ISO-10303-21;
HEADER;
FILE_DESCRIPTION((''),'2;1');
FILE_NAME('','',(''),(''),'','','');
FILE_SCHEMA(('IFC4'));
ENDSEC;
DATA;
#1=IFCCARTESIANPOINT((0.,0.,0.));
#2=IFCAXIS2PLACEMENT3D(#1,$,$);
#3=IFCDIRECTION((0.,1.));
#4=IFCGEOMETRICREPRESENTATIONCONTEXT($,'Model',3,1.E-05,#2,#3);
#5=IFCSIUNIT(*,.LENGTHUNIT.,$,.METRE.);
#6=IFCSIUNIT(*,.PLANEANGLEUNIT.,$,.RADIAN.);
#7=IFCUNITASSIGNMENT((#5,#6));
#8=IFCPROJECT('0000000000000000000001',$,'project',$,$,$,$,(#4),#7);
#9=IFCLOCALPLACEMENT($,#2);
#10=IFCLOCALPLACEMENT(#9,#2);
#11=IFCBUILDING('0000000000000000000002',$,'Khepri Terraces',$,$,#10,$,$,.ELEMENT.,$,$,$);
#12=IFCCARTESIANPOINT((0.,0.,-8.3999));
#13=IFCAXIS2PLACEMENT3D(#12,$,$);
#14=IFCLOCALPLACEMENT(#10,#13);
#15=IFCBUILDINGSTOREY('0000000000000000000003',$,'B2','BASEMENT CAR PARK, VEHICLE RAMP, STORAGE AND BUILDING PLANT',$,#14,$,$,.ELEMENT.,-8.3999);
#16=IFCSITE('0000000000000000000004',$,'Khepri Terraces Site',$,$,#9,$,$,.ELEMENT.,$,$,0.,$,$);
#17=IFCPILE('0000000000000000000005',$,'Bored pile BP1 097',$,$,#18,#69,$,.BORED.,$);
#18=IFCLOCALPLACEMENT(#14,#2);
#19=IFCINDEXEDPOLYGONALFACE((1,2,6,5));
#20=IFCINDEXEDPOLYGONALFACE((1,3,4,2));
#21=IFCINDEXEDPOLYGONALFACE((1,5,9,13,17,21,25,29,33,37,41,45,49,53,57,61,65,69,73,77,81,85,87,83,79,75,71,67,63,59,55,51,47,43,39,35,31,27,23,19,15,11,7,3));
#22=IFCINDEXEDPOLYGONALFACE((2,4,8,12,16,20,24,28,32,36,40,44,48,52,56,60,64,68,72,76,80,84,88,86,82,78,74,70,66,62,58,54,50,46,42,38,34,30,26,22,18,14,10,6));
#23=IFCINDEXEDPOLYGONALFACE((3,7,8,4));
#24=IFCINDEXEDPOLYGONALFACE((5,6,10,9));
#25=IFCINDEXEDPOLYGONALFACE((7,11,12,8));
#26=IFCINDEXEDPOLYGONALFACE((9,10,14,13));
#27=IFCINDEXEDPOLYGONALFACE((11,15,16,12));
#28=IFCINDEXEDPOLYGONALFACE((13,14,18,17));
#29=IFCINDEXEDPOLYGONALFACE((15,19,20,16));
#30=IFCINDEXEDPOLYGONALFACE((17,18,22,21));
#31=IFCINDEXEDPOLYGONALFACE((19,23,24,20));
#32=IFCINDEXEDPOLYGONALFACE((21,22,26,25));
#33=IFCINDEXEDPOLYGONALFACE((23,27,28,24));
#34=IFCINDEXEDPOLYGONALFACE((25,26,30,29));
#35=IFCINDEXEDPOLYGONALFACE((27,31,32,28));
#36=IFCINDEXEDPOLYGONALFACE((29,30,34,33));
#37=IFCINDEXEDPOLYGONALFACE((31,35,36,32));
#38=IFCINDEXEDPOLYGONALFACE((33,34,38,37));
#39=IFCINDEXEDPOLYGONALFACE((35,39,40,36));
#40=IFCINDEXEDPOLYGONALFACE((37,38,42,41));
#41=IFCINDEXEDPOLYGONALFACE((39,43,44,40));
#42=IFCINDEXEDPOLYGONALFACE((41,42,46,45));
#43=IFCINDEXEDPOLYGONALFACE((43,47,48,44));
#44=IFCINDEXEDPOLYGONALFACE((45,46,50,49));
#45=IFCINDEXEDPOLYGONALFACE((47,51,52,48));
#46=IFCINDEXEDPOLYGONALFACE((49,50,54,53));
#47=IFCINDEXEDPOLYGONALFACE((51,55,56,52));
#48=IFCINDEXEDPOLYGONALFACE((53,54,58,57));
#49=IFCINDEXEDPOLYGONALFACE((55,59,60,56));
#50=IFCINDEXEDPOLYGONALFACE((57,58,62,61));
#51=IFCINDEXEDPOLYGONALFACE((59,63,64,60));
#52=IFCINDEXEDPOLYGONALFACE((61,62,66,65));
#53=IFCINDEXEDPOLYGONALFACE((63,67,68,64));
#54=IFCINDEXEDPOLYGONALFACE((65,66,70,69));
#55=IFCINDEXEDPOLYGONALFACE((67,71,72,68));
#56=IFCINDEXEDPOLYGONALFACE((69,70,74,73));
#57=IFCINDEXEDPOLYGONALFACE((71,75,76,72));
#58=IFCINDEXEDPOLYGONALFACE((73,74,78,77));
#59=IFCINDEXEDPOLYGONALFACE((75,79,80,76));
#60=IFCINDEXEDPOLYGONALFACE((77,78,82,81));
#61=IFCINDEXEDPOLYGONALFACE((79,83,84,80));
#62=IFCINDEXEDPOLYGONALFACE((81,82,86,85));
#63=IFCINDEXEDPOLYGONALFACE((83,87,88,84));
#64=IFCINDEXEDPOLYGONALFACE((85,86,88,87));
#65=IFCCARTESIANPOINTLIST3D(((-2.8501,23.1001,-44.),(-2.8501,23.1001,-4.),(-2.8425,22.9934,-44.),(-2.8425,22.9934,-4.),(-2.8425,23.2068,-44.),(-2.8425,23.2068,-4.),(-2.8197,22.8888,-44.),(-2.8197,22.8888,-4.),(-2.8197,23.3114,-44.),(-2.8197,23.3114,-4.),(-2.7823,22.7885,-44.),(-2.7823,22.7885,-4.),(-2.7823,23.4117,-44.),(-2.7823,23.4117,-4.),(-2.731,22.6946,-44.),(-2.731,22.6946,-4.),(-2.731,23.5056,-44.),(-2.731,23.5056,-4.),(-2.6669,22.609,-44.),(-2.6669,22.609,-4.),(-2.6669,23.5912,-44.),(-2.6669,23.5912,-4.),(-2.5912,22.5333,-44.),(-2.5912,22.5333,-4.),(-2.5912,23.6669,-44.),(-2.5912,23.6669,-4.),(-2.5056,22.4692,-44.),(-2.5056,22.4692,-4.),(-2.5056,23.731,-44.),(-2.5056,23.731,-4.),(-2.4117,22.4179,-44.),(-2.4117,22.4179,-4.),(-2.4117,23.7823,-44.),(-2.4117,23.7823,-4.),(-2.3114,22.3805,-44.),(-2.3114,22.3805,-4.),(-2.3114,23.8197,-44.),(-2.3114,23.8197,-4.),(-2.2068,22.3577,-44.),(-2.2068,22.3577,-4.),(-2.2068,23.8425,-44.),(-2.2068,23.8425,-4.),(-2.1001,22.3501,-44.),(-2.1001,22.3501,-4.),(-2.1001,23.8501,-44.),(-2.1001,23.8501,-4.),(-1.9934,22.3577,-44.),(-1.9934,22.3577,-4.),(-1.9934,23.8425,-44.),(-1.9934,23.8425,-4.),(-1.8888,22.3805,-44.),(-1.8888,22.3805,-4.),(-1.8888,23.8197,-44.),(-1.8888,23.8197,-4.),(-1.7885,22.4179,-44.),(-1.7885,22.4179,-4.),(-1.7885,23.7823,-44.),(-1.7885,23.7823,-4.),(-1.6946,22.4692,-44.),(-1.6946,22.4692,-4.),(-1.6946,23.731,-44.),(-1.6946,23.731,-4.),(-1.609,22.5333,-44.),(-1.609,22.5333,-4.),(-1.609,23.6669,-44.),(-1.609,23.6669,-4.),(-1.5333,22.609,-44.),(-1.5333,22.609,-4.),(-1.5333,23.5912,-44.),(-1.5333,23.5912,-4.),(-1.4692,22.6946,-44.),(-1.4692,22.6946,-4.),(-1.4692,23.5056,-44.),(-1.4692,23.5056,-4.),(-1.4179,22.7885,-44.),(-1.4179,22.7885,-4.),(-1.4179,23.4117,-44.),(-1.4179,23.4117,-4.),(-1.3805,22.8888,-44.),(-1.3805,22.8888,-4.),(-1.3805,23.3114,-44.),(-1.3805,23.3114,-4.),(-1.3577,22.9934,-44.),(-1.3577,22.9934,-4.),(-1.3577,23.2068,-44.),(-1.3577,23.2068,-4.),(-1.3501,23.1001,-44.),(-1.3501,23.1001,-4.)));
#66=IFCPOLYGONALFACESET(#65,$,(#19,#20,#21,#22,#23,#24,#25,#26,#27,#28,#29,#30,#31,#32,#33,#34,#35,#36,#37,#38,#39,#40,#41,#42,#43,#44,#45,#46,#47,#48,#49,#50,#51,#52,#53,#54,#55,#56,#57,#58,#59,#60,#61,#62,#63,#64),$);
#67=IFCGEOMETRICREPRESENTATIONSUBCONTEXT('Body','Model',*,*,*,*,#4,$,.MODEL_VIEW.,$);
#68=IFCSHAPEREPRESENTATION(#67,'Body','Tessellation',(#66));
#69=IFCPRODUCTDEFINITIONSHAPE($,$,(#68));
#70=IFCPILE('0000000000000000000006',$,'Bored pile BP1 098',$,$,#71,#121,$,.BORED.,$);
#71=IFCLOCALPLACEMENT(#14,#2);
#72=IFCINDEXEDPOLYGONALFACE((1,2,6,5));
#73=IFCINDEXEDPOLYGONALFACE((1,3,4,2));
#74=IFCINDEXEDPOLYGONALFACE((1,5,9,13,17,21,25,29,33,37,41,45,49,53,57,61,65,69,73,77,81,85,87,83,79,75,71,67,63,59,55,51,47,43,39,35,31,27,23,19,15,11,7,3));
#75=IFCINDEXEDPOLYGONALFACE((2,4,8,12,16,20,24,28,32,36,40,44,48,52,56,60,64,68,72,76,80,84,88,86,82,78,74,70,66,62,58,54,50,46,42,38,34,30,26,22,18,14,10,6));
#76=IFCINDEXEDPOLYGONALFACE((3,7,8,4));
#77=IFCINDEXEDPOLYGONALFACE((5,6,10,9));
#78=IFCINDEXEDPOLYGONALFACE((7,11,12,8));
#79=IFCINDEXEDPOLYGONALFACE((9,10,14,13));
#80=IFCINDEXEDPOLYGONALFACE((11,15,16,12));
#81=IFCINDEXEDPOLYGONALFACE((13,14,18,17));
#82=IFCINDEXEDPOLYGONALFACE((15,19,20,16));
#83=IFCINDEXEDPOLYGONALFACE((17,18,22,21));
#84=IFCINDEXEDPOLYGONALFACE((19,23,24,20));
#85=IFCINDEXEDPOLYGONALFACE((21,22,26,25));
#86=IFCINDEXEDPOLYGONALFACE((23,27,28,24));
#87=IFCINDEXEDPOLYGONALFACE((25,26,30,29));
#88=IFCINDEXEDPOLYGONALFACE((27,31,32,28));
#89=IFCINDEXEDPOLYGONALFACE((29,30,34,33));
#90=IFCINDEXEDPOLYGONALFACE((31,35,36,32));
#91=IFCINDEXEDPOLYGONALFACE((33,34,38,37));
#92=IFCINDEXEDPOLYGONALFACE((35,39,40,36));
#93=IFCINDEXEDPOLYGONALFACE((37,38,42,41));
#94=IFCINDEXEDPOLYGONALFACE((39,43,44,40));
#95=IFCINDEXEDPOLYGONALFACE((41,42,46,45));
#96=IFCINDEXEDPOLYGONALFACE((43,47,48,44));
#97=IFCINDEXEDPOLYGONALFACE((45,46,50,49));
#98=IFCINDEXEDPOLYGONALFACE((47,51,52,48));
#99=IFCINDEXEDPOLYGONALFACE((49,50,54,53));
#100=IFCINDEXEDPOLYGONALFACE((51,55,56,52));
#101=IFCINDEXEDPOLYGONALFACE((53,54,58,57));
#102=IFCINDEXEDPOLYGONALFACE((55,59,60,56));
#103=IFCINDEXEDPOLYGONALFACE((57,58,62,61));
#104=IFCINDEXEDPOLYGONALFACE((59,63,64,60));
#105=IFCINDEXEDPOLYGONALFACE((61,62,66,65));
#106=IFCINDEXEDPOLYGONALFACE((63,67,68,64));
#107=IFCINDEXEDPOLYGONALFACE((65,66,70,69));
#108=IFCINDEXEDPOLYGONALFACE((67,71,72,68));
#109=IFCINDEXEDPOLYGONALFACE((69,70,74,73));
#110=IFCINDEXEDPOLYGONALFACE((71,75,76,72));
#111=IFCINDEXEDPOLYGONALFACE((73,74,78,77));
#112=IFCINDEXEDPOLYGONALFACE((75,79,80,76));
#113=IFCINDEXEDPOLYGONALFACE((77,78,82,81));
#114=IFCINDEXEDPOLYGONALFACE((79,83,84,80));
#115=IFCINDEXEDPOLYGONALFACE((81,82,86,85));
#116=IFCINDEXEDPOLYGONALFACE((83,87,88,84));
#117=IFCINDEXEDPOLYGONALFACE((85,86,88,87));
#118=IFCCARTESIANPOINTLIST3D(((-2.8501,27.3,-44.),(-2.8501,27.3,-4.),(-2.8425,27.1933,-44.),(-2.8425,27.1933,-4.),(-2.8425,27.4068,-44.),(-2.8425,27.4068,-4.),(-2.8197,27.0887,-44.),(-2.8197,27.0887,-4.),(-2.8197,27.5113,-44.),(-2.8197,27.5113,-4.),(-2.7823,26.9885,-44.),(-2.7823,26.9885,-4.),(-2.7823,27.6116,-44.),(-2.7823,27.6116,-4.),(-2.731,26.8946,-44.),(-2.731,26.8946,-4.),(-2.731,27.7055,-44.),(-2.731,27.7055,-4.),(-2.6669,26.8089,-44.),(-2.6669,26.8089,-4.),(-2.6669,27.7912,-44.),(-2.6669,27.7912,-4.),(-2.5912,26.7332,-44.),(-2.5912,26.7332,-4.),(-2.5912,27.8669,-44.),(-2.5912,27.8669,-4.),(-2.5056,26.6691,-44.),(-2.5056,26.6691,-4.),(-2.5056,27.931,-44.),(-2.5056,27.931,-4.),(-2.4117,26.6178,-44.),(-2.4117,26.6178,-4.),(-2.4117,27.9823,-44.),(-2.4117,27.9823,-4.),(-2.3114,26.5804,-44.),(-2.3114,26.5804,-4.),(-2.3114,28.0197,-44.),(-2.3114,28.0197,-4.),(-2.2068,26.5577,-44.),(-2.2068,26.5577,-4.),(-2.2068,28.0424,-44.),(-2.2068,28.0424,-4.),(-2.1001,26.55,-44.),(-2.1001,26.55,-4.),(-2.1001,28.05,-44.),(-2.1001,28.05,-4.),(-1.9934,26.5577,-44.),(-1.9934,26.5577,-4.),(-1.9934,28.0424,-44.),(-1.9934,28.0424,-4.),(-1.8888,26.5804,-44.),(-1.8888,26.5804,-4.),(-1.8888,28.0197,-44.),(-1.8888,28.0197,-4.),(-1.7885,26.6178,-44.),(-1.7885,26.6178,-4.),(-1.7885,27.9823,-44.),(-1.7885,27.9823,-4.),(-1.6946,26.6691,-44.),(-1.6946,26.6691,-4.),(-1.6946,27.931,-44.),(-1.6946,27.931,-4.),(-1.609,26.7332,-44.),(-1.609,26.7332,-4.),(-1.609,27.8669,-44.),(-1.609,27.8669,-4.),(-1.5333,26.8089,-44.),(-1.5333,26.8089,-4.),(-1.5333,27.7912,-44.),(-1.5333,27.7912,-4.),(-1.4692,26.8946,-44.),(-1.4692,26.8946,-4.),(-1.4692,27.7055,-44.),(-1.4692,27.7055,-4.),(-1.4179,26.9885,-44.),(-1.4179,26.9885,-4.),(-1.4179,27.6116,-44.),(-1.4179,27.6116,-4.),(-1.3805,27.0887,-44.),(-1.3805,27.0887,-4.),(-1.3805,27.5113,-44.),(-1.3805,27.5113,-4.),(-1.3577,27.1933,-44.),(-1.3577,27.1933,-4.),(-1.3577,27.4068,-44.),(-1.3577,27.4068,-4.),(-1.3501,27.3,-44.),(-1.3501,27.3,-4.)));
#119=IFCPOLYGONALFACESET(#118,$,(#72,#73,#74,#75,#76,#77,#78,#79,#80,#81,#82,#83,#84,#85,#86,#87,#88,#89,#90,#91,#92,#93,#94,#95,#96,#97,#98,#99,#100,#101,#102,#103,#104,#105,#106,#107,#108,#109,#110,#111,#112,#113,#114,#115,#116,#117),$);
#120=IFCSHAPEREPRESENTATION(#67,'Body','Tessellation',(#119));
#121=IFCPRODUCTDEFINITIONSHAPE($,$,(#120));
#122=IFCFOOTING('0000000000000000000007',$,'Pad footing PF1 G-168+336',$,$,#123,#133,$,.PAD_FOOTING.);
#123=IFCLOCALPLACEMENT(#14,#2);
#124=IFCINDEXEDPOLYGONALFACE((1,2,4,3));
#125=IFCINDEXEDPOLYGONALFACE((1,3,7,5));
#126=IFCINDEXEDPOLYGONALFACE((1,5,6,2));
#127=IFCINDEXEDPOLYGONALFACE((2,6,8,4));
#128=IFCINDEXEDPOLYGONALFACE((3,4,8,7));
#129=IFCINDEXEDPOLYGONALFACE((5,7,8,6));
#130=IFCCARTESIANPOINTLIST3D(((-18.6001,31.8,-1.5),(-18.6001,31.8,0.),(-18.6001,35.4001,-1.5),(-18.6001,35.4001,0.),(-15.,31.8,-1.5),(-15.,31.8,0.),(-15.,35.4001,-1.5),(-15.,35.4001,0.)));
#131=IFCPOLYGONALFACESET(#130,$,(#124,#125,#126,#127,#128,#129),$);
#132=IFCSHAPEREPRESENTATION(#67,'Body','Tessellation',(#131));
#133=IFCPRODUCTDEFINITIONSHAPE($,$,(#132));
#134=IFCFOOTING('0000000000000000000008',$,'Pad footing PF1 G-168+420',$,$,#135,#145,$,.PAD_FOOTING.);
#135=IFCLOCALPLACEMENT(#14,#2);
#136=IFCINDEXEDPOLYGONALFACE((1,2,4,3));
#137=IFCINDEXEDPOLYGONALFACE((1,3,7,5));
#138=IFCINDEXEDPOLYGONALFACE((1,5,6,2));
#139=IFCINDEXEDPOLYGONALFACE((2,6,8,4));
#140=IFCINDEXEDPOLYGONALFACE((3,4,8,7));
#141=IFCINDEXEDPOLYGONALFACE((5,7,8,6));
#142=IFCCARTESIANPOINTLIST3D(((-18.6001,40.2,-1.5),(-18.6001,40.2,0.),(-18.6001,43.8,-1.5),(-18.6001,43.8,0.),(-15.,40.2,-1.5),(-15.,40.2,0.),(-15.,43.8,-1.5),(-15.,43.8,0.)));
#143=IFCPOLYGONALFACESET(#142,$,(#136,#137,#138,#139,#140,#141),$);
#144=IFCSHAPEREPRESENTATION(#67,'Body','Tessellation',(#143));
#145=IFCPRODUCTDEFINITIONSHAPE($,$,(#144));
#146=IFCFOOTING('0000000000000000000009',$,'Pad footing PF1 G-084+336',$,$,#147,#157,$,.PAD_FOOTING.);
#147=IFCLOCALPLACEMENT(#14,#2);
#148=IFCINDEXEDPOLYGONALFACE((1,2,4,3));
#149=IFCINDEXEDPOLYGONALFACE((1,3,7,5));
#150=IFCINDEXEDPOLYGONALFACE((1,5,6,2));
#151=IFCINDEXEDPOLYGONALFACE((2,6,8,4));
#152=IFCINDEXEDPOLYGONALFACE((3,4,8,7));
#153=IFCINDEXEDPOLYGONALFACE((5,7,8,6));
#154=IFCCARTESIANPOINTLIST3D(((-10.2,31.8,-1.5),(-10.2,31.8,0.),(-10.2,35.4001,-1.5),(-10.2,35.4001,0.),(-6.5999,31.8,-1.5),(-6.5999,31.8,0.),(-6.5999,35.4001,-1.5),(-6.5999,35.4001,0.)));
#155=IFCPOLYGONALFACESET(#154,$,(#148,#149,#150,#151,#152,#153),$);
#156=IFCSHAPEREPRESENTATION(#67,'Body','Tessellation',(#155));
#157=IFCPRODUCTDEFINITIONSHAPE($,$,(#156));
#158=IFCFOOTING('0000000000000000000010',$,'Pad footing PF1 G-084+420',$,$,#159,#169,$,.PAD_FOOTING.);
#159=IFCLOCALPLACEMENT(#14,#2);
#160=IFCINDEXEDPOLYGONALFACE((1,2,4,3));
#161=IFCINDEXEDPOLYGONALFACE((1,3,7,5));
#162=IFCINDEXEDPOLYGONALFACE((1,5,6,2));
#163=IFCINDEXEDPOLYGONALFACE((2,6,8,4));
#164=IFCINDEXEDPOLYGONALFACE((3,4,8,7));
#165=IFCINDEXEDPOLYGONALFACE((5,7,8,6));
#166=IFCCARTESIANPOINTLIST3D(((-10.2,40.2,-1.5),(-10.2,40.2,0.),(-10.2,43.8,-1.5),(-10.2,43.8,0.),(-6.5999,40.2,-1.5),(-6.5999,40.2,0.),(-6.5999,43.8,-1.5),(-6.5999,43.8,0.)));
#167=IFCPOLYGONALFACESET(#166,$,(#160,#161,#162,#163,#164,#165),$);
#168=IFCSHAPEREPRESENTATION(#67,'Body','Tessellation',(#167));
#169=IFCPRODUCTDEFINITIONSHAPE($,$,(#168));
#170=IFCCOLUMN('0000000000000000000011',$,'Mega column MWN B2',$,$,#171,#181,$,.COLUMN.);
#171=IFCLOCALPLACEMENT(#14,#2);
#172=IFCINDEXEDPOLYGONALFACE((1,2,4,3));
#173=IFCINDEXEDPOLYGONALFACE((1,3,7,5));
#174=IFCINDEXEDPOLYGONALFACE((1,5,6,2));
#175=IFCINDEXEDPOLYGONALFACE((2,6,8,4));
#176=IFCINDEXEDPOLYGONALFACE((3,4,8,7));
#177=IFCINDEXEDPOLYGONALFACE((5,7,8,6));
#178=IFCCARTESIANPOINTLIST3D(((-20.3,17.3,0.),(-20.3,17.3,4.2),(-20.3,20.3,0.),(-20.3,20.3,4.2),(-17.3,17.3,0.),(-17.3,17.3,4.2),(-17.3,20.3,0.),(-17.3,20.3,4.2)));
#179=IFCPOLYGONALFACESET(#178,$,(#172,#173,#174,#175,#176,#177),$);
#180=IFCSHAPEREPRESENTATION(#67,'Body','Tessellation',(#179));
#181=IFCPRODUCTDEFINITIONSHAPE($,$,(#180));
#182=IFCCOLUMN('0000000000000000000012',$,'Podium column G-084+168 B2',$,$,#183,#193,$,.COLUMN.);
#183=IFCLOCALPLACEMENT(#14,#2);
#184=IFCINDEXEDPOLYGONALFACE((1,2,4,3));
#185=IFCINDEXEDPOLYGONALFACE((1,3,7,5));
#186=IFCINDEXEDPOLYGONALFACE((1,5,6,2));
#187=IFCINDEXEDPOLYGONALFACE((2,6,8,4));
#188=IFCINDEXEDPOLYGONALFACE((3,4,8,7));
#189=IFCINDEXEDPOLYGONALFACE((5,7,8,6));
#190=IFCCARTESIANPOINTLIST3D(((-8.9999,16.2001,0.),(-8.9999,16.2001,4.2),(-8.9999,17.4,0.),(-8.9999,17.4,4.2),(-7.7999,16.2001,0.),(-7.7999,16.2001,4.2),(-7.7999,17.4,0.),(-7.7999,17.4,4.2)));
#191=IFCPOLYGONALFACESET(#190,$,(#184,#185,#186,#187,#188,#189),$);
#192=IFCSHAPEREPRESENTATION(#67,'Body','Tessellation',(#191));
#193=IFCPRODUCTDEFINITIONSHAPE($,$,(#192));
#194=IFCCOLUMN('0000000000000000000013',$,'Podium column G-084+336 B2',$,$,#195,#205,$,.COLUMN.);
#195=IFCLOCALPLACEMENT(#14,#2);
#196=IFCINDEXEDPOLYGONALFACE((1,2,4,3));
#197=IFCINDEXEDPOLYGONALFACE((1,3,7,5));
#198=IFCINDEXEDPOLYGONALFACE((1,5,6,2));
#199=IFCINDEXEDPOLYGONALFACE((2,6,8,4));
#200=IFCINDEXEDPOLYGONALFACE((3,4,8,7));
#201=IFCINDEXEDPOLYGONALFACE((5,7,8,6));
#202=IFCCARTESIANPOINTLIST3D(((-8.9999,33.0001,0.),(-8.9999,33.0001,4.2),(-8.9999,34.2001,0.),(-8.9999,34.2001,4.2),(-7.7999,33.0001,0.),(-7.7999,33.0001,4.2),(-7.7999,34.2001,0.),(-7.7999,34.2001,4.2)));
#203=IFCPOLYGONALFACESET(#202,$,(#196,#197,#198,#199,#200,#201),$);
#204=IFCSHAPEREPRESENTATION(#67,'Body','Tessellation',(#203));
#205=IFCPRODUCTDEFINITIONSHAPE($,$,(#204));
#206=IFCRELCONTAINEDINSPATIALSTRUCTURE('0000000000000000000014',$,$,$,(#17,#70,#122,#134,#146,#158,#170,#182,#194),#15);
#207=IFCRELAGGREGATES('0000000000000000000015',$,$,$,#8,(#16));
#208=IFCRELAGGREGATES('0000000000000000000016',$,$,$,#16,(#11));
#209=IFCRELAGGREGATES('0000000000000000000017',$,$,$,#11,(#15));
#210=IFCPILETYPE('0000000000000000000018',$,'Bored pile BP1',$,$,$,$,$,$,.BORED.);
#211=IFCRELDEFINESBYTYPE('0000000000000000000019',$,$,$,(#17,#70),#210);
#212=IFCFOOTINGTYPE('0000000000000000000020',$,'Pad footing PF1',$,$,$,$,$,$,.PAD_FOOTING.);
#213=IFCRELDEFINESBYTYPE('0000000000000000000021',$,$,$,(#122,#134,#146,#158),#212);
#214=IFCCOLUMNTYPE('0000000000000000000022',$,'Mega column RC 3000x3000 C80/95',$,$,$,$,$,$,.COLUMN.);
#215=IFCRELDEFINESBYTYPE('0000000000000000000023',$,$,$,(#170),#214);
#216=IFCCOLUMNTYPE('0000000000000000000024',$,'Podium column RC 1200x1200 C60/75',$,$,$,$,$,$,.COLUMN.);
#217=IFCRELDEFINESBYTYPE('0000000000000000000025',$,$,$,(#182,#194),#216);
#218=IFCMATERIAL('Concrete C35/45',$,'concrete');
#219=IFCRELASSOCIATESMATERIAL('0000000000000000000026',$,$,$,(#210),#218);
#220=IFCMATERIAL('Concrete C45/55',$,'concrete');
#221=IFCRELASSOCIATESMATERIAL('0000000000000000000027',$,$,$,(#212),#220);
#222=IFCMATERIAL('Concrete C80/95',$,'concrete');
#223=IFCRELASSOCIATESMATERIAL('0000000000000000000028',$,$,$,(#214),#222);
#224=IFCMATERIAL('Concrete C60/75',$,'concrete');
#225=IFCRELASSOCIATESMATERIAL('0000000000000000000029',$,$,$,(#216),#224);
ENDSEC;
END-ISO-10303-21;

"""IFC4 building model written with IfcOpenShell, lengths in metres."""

from ifc_helpers import new_model, si_unit, direction, frame, origin, origin_2d, place, context, subcontext, project, spatial, rectangle, circle, extrude, material, material_profile, profile_set, type_object, element, save


model = new_model("IFC4")

# Units and contexts
model_context = context("Model", 3, precision=1e-05, world=origin(), true_north=direction((0.0, 1.0)))
body_context = subcontext(model_context, "Body", "Model", "MODEL_VIEW")
ifc_project = project(units=[si_unit("LENGTHUNIT", "METRE"), si_unit("PLANEANGLEUNIT", "RADIAN")], contexts=[model_context])

# Site, building, storey
site_placement = place(None, origin())
site = spatial("IfcSite", under=ifc_project, at=site_placement, Name="Khepri Terraces Site", CompositionType="ELEMENT", RefElevation=0.0)
building_placement = place(site_placement, origin())
building = spatial("IfcBuilding", under=site, at=building_placement, Name="Khepri Terraces", CompositionType="ELEMENT")
storey_placement = place(building_placement, frame((0.0, 0.0, -8.3999)))
storey = spatial("IfcBuildingStorey", under=building, at=storey_placement, Name="B2", Description="BASEMENT CAR PARK, VEHICLE RAMP, STORAGE AND BUILDING PLANT", CompositionType="ELEMENT", Elevation=-8.3999)

# Piles
ifc_material_1 = material(Name="Concrete C35/45", Category="concrete")
ifc_material_profile_1 = material_profile(ifc_material_1, circle(Radius=0.75, at=origin_2d()), Name="Concrete C35/45", Category="concrete")
ifc_profile_set_1 = profile_set([ifc_material_profile_1], Name="Concrete C35/45")
pile_type = type_object("IfcPileType", Name="Bored pile BP1", PredefinedType="BORED", material=ifc_profile_set_1)
for number, where, z_axis, x_axis, name in (
    (1, (-2.1001, 23.1001, -4.0), (0.0, 0.0, -1.0), (1.0, 0.0, 0.0), "Bored pile BP1 097"),
    (2, (-2.1001, 27.3, -4.0), (0.0, 0.0, -1.0), (1.0, 0.0, 0.0), "Bored pile BP1 098"),
):
    element("IfcPile", number, at=place(storey_placement, frame(where, z_axis=z_axis, x_axis=x_axis)), inside=storey, type_object=pile_type, Name=name, PredefinedType="BORED", context=body_context, shape_type="SweptSolid", body=[
        extrude(circle(Radius=0.75, at=origin_2d()), origin(), (0.0, 0.0, 1.0), 40.0),
    ])

# Footings
ifc_material_2 = material(Name="Concrete C45/55", Category="concrete")
footing_type = type_object("IfcFootingType", Name="Pad footing PF1", PredefinedType="PAD_FOOTING", material=ifc_material_2)
for number, where, z_axis, x_axis, name in (
    (3, (-16.8, 33.6001, -1.5), (0.0, 0.0, 1.0), (1.0, 0.0, 0.0), "Pad footing PF1 G-168+336"),
    (4, (-16.8, 42.0, -1.5), (0.0, 0.0, 1.0), (1.0, 0.0, 0.0), "Pad footing PF1 G-168+420"),
    (5, (-8.3999, 33.6001, -1.5), (0.0, 0.0, 1.0), (1.0, 0.0, 0.0), "Pad footing PF1 G-084+336"),
    (6, (-8.3999, 42.0, -1.5), (0.0, 0.0, 1.0), (1.0, 0.0, 0.0), "Pad footing PF1 G-084+420"),
):
    element("IfcFooting", number, at=place(storey_placement, frame(where, z_axis=z_axis, x_axis=x_axis)), inside=storey, type_object=footing_type, Name=name, PredefinedType="PAD_FOOTING", context=body_context, shape_type="SweptSolid", body=[
        extrude(rectangle(XDim=3.6001, YDim=3.6001, at=origin_2d()), origin(), (0.0, 0.0, 1.0), 1.5),
    ])

# Columns
ifc_material_3 = material(Name="Concrete C80/95", Category="concrete")
ifc_material_profile_2 = material_profile(ifc_material_3, rectangle(XDim=3.0, YDim=3.0, at=origin_2d()), Name="Concrete C80/95", Category="concrete")
ifc_profile_set_2 = profile_set([ifc_material_profile_2], Name="Concrete C80/95")
column_type_1 = type_object("IfcColumnType", Name="Mega column RC 3000x3000 C80/95", PredefinedType="COLUMN", material=ifc_profile_set_2)
column_placement = place(storey_placement, frame((-18.8, 18.8, 0.0), z_axis=(0.0, 0.0, 1.0), x_axis=(1.0, 0.0, 0.0)))
element("IfcColumn", 7, at=column_placement, inside=storey, type_object=column_type_1, Name="Mega column MWN B2", PredefinedType="COLUMN", context=body_context, shape_type="SweptSolid", body=[
    extrude(rectangle(XDim=3.0, YDim=3.0, at=origin_2d()), origin(), (0.0, 0.0, 1.0), 4.2),
])
ifc_material_4 = material(Name="Concrete C60/75", Category="concrete")
ifc_material_profile_3 = material_profile(ifc_material_4, rectangle(XDim=1.2, YDim=1.2, at=origin_2d()), Name="Concrete C60/75", Category="concrete")
ifc_profile_set_3 = profile_set([ifc_material_profile_3], Name="Concrete C60/75")
column_type_2 = type_object("IfcColumnType", Name="Podium column RC 1200x1200 C60/75", PredefinedType="COLUMN", material=ifc_profile_set_3)
for number, where, z_axis, x_axis, name in (
    (8, (-8.3999, 16.8, 0.0), (0.0, 0.0, 1.0), (1.0, 0.0, 0.0), "Podium column G-084+168 B2"),
    (9, (-8.3999, 33.6001, 0.0), (0.0, 0.0, 1.0), (1.0, 0.0, 0.0), "Podium column G-084+336 B2"),
):
    element("IfcColumn", number, at=place(storey_placement, frame(where, z_axis=z_axis, x_axis=x_axis)), inside=storey, type_object=column_type_2, Name=name, PredefinedType="COLUMN", context=body_context, shape_type="SweptSolid", body=[
        extrude(rectangle(XDim=1.2, YDim=1.2, at=origin_2d()), origin(), (0.0, 0.0, 1.0), 4.2),
    ])

save(model, "model.ifc")
